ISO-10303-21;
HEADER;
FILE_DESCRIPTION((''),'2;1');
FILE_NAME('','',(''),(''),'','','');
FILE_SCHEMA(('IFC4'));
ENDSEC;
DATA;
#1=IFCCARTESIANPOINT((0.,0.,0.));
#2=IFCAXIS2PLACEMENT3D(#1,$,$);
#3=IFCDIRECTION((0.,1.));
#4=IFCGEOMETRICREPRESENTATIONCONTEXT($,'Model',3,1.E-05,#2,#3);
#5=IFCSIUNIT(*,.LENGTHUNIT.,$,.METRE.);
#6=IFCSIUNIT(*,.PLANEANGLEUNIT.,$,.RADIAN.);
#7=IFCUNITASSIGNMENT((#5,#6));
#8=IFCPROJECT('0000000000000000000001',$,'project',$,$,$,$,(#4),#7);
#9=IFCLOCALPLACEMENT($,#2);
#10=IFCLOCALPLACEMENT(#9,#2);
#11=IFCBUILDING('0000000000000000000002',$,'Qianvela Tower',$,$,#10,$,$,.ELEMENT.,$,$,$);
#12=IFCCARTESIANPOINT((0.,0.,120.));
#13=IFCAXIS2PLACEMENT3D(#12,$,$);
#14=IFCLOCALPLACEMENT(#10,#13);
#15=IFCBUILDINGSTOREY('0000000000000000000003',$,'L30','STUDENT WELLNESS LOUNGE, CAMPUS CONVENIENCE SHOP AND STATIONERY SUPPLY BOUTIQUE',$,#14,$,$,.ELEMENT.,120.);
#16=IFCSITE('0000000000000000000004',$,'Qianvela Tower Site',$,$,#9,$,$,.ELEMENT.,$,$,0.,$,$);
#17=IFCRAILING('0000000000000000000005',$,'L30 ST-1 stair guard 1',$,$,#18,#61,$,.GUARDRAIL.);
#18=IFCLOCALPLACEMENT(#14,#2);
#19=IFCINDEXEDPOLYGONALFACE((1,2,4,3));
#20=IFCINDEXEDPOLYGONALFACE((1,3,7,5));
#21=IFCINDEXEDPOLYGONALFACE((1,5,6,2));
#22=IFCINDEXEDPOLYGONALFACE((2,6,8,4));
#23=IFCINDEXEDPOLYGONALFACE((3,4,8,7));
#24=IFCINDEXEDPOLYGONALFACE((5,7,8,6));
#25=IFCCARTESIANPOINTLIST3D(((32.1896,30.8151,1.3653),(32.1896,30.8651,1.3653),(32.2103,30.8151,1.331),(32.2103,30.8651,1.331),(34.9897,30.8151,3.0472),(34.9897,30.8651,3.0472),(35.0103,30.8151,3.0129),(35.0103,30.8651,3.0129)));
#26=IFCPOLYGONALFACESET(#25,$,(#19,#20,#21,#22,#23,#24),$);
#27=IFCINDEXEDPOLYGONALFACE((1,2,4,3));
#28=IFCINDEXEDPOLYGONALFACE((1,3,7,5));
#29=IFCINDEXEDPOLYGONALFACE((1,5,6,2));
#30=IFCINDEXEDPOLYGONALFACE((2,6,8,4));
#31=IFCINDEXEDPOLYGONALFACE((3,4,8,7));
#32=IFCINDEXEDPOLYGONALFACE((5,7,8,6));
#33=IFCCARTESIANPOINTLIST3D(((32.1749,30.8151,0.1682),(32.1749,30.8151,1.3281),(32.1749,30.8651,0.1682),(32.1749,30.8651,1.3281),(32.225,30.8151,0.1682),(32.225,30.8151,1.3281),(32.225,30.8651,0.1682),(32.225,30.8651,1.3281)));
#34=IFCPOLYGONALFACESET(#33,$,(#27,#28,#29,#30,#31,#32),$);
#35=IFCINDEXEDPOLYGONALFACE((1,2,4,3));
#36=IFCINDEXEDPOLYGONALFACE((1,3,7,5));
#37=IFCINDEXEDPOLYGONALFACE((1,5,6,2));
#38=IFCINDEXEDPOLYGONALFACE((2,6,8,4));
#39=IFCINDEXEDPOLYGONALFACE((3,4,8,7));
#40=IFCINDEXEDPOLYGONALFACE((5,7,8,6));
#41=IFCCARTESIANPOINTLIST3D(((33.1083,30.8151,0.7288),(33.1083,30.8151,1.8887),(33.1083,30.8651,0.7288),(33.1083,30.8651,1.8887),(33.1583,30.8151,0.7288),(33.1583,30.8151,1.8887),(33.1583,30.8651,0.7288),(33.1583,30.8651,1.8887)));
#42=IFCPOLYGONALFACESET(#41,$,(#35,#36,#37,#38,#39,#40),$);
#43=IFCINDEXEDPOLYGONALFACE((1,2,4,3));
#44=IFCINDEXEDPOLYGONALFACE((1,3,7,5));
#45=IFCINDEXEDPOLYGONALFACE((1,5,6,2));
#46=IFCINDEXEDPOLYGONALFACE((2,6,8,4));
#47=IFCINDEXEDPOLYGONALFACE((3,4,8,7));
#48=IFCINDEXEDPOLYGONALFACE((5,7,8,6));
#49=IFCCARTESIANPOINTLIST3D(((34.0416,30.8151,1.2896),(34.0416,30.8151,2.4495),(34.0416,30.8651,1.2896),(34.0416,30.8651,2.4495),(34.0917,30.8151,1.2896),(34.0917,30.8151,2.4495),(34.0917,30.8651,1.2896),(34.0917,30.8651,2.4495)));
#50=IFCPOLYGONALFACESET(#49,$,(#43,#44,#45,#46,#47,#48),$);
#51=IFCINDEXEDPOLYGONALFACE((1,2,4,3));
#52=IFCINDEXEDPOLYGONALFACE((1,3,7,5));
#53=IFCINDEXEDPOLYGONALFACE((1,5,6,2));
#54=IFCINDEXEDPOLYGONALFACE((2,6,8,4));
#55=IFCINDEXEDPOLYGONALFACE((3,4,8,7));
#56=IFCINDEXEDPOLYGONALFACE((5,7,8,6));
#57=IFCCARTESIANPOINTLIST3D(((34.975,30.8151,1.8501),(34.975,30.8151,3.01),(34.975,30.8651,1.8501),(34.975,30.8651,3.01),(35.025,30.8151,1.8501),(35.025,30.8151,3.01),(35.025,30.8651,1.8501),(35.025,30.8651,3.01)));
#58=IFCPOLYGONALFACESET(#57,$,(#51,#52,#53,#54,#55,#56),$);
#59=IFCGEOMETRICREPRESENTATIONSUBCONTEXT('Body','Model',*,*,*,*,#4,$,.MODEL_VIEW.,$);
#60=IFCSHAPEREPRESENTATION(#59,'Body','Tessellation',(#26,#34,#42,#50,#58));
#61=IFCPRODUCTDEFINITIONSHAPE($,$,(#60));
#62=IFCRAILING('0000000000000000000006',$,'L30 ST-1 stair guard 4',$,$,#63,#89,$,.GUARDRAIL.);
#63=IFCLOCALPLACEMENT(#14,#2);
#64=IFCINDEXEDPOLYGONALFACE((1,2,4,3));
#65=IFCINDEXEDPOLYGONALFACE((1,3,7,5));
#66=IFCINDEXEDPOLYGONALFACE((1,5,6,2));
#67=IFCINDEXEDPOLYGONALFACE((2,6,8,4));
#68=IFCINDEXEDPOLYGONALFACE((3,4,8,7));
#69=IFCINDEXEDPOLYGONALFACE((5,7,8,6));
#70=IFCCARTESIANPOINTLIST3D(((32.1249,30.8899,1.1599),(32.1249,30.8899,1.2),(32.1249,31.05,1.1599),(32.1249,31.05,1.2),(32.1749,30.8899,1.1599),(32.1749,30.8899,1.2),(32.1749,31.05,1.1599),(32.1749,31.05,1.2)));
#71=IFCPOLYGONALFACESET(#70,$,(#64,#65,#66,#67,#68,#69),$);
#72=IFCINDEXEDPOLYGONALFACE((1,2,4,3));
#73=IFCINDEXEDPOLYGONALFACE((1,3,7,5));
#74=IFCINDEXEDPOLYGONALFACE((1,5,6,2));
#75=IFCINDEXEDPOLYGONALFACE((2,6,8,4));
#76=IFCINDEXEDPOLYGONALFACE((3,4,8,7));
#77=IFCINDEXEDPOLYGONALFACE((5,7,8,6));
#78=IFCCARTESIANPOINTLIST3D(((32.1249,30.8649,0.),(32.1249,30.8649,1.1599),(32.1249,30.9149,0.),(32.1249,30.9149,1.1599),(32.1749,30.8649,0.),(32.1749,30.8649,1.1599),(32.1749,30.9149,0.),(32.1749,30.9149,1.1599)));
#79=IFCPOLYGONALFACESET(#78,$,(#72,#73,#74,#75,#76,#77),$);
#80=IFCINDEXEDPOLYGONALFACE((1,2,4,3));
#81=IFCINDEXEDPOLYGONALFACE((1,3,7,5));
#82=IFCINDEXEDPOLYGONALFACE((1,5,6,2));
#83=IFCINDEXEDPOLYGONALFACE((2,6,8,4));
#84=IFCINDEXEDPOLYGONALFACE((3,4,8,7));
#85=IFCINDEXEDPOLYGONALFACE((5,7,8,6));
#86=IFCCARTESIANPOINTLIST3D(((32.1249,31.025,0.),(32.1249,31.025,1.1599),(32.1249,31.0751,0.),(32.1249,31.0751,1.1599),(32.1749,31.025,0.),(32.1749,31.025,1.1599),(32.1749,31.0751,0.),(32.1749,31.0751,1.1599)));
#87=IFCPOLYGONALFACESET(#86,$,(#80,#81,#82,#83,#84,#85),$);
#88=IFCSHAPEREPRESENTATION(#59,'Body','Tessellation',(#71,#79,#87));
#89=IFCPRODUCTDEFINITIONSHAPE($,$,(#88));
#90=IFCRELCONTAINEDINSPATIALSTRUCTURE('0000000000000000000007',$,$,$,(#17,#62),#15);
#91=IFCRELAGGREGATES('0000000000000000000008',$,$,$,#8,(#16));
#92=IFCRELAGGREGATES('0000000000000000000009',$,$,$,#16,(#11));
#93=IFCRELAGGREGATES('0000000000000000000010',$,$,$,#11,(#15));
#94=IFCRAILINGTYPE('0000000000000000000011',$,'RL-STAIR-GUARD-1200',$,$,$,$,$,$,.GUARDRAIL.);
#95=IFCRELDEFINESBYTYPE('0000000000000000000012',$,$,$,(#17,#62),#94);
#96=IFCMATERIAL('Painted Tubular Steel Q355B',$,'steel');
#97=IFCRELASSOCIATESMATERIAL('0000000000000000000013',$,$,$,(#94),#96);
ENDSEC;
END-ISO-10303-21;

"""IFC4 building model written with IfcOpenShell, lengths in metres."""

from ifc_helpers import new_model, si_unit, direction, frame, origin, origin_2d, place, context, subcontext, project, spatial, rectangle, extrude, material, type_object, element, save


model = new_model("IFC4")

# Units and contexts
model_context = context("Model", 3, precision=1e-05, world=origin(), true_north=direction((0.0, 1.0)))
body_context = subcontext(model_context, "Body", "Model", "MODEL_VIEW")
ifc_project = project(units=[si_unit("LENGTHUNIT", "METRE"), si_unit("PLANEANGLEUNIT", "RADIAN")], contexts=[model_context])

# Site, building, storey
site_placement = place(None, origin())
site = spatial("IfcSite", under=ifc_project, at=site_placement, Name="Qianvela Tower Site", CompositionType="ELEMENT", RefElevation=0.0)
building_placement = place(site_placement, origin())
building = spatial("IfcBuilding", under=site, at=building_placement, Name="Qianvela Tower", CompositionType="ELEMENT")
storey_placement = place(building_placement, frame((0.0, 0.0, 120.0)))
storey = spatial("IfcBuildingStorey", under=building, at=storey_placement, Name="L30", Description="STUDENT WELLNESS LOUNGE, CAMPUS CONVENIENCE SHOP AND STATIONERY SUPPLY BOUTIQUE", CompositionType="ELEMENT", Elevation=120.0)

# Railings
ifc_material_1 = material(Name="Painted Tubular Steel Q355B", Category="steel")
railing_type = type_object("IfcRailingType", Name="RL-STAIR-GUARD-1200", PredefinedType="GUARDRAIL", material=ifc_material_1)
railing_1_placement = place(storey_placement, frame((32.2, 30.8401, 0.1682)))
element("IfcRailing", 1, at=railing_1_placement, inside=storey, type_object=railing_type, Name="L30 ST-1 stair guard 1", PredefinedType="GUARDRAIL", context=body_context, shape_type="SweptSolid", body=[
    extrude(rectangle(XDim=0.05, YDim=0.04, at=origin_2d()), frame((0.0, 0.0, 1.1799), z_axis=(0.857242, 0.0, 0.514913), x_axis=(0.0, 1.0, 0.0)), (0.0, 0.0, 1.0), 3.2664),
    extrude(rectangle(XDim=0.05, YDim=0.05, at=origin_2d()), origin(), (0.0, 0.0, 1.0), 1.1599),
    extrude(rectangle(XDim=0.05, YDim=0.05, at=origin_2d()), frame((0.9333, 0.0, 0.5605)), (0.0, 0.0, 1.0), 1.1599),
    extrude(rectangle(XDim=0.05, YDim=0.05, at=origin_2d()), frame((1.8667, 0.0, 1.1213)), (0.0, 0.0, 1.0), 1.1599),
    extrude(rectangle(XDim=0.05, YDim=0.05, at=origin_2d()), frame((2.8, 0.0, 1.6819)), (0.0, 0.0, 1.0), 1.1599),
])
railing_2_placement = place(storey_placement, frame((32.1499, 30.8899, 0.0)))
element("IfcRailing", 2, at=railing_2_placement, inside=storey, type_object=railing_type, Name="L30 ST-1 stair guard 4", PredefinedType="GUARDRAIL", context=body_context, shape_type="SweptSolid", body=[
    extrude(rectangle(XDim=0.05, YDim=0.04, at=origin_2d()), frame((0.0, 0.0, 1.1799), z_axis=(0.0, 1.0, 0.0), x_axis=(-1.0, 0.0, 0.0)), (0.0, 0.0, 1.0), 0.1602),
    extrude(rectangle(XDim=0.05, YDim=0.05, at=origin_2d()), origin(), (0.0, 0.0, 1.0), 1.1599),
    extrude(rectangle(XDim=0.05, YDim=0.05, at=origin_2d()), frame((0.0, 0.1602, 0.0)), (0.0, 0.0, 1.0), 1.1599),
])

save(model, "model.ifc")
